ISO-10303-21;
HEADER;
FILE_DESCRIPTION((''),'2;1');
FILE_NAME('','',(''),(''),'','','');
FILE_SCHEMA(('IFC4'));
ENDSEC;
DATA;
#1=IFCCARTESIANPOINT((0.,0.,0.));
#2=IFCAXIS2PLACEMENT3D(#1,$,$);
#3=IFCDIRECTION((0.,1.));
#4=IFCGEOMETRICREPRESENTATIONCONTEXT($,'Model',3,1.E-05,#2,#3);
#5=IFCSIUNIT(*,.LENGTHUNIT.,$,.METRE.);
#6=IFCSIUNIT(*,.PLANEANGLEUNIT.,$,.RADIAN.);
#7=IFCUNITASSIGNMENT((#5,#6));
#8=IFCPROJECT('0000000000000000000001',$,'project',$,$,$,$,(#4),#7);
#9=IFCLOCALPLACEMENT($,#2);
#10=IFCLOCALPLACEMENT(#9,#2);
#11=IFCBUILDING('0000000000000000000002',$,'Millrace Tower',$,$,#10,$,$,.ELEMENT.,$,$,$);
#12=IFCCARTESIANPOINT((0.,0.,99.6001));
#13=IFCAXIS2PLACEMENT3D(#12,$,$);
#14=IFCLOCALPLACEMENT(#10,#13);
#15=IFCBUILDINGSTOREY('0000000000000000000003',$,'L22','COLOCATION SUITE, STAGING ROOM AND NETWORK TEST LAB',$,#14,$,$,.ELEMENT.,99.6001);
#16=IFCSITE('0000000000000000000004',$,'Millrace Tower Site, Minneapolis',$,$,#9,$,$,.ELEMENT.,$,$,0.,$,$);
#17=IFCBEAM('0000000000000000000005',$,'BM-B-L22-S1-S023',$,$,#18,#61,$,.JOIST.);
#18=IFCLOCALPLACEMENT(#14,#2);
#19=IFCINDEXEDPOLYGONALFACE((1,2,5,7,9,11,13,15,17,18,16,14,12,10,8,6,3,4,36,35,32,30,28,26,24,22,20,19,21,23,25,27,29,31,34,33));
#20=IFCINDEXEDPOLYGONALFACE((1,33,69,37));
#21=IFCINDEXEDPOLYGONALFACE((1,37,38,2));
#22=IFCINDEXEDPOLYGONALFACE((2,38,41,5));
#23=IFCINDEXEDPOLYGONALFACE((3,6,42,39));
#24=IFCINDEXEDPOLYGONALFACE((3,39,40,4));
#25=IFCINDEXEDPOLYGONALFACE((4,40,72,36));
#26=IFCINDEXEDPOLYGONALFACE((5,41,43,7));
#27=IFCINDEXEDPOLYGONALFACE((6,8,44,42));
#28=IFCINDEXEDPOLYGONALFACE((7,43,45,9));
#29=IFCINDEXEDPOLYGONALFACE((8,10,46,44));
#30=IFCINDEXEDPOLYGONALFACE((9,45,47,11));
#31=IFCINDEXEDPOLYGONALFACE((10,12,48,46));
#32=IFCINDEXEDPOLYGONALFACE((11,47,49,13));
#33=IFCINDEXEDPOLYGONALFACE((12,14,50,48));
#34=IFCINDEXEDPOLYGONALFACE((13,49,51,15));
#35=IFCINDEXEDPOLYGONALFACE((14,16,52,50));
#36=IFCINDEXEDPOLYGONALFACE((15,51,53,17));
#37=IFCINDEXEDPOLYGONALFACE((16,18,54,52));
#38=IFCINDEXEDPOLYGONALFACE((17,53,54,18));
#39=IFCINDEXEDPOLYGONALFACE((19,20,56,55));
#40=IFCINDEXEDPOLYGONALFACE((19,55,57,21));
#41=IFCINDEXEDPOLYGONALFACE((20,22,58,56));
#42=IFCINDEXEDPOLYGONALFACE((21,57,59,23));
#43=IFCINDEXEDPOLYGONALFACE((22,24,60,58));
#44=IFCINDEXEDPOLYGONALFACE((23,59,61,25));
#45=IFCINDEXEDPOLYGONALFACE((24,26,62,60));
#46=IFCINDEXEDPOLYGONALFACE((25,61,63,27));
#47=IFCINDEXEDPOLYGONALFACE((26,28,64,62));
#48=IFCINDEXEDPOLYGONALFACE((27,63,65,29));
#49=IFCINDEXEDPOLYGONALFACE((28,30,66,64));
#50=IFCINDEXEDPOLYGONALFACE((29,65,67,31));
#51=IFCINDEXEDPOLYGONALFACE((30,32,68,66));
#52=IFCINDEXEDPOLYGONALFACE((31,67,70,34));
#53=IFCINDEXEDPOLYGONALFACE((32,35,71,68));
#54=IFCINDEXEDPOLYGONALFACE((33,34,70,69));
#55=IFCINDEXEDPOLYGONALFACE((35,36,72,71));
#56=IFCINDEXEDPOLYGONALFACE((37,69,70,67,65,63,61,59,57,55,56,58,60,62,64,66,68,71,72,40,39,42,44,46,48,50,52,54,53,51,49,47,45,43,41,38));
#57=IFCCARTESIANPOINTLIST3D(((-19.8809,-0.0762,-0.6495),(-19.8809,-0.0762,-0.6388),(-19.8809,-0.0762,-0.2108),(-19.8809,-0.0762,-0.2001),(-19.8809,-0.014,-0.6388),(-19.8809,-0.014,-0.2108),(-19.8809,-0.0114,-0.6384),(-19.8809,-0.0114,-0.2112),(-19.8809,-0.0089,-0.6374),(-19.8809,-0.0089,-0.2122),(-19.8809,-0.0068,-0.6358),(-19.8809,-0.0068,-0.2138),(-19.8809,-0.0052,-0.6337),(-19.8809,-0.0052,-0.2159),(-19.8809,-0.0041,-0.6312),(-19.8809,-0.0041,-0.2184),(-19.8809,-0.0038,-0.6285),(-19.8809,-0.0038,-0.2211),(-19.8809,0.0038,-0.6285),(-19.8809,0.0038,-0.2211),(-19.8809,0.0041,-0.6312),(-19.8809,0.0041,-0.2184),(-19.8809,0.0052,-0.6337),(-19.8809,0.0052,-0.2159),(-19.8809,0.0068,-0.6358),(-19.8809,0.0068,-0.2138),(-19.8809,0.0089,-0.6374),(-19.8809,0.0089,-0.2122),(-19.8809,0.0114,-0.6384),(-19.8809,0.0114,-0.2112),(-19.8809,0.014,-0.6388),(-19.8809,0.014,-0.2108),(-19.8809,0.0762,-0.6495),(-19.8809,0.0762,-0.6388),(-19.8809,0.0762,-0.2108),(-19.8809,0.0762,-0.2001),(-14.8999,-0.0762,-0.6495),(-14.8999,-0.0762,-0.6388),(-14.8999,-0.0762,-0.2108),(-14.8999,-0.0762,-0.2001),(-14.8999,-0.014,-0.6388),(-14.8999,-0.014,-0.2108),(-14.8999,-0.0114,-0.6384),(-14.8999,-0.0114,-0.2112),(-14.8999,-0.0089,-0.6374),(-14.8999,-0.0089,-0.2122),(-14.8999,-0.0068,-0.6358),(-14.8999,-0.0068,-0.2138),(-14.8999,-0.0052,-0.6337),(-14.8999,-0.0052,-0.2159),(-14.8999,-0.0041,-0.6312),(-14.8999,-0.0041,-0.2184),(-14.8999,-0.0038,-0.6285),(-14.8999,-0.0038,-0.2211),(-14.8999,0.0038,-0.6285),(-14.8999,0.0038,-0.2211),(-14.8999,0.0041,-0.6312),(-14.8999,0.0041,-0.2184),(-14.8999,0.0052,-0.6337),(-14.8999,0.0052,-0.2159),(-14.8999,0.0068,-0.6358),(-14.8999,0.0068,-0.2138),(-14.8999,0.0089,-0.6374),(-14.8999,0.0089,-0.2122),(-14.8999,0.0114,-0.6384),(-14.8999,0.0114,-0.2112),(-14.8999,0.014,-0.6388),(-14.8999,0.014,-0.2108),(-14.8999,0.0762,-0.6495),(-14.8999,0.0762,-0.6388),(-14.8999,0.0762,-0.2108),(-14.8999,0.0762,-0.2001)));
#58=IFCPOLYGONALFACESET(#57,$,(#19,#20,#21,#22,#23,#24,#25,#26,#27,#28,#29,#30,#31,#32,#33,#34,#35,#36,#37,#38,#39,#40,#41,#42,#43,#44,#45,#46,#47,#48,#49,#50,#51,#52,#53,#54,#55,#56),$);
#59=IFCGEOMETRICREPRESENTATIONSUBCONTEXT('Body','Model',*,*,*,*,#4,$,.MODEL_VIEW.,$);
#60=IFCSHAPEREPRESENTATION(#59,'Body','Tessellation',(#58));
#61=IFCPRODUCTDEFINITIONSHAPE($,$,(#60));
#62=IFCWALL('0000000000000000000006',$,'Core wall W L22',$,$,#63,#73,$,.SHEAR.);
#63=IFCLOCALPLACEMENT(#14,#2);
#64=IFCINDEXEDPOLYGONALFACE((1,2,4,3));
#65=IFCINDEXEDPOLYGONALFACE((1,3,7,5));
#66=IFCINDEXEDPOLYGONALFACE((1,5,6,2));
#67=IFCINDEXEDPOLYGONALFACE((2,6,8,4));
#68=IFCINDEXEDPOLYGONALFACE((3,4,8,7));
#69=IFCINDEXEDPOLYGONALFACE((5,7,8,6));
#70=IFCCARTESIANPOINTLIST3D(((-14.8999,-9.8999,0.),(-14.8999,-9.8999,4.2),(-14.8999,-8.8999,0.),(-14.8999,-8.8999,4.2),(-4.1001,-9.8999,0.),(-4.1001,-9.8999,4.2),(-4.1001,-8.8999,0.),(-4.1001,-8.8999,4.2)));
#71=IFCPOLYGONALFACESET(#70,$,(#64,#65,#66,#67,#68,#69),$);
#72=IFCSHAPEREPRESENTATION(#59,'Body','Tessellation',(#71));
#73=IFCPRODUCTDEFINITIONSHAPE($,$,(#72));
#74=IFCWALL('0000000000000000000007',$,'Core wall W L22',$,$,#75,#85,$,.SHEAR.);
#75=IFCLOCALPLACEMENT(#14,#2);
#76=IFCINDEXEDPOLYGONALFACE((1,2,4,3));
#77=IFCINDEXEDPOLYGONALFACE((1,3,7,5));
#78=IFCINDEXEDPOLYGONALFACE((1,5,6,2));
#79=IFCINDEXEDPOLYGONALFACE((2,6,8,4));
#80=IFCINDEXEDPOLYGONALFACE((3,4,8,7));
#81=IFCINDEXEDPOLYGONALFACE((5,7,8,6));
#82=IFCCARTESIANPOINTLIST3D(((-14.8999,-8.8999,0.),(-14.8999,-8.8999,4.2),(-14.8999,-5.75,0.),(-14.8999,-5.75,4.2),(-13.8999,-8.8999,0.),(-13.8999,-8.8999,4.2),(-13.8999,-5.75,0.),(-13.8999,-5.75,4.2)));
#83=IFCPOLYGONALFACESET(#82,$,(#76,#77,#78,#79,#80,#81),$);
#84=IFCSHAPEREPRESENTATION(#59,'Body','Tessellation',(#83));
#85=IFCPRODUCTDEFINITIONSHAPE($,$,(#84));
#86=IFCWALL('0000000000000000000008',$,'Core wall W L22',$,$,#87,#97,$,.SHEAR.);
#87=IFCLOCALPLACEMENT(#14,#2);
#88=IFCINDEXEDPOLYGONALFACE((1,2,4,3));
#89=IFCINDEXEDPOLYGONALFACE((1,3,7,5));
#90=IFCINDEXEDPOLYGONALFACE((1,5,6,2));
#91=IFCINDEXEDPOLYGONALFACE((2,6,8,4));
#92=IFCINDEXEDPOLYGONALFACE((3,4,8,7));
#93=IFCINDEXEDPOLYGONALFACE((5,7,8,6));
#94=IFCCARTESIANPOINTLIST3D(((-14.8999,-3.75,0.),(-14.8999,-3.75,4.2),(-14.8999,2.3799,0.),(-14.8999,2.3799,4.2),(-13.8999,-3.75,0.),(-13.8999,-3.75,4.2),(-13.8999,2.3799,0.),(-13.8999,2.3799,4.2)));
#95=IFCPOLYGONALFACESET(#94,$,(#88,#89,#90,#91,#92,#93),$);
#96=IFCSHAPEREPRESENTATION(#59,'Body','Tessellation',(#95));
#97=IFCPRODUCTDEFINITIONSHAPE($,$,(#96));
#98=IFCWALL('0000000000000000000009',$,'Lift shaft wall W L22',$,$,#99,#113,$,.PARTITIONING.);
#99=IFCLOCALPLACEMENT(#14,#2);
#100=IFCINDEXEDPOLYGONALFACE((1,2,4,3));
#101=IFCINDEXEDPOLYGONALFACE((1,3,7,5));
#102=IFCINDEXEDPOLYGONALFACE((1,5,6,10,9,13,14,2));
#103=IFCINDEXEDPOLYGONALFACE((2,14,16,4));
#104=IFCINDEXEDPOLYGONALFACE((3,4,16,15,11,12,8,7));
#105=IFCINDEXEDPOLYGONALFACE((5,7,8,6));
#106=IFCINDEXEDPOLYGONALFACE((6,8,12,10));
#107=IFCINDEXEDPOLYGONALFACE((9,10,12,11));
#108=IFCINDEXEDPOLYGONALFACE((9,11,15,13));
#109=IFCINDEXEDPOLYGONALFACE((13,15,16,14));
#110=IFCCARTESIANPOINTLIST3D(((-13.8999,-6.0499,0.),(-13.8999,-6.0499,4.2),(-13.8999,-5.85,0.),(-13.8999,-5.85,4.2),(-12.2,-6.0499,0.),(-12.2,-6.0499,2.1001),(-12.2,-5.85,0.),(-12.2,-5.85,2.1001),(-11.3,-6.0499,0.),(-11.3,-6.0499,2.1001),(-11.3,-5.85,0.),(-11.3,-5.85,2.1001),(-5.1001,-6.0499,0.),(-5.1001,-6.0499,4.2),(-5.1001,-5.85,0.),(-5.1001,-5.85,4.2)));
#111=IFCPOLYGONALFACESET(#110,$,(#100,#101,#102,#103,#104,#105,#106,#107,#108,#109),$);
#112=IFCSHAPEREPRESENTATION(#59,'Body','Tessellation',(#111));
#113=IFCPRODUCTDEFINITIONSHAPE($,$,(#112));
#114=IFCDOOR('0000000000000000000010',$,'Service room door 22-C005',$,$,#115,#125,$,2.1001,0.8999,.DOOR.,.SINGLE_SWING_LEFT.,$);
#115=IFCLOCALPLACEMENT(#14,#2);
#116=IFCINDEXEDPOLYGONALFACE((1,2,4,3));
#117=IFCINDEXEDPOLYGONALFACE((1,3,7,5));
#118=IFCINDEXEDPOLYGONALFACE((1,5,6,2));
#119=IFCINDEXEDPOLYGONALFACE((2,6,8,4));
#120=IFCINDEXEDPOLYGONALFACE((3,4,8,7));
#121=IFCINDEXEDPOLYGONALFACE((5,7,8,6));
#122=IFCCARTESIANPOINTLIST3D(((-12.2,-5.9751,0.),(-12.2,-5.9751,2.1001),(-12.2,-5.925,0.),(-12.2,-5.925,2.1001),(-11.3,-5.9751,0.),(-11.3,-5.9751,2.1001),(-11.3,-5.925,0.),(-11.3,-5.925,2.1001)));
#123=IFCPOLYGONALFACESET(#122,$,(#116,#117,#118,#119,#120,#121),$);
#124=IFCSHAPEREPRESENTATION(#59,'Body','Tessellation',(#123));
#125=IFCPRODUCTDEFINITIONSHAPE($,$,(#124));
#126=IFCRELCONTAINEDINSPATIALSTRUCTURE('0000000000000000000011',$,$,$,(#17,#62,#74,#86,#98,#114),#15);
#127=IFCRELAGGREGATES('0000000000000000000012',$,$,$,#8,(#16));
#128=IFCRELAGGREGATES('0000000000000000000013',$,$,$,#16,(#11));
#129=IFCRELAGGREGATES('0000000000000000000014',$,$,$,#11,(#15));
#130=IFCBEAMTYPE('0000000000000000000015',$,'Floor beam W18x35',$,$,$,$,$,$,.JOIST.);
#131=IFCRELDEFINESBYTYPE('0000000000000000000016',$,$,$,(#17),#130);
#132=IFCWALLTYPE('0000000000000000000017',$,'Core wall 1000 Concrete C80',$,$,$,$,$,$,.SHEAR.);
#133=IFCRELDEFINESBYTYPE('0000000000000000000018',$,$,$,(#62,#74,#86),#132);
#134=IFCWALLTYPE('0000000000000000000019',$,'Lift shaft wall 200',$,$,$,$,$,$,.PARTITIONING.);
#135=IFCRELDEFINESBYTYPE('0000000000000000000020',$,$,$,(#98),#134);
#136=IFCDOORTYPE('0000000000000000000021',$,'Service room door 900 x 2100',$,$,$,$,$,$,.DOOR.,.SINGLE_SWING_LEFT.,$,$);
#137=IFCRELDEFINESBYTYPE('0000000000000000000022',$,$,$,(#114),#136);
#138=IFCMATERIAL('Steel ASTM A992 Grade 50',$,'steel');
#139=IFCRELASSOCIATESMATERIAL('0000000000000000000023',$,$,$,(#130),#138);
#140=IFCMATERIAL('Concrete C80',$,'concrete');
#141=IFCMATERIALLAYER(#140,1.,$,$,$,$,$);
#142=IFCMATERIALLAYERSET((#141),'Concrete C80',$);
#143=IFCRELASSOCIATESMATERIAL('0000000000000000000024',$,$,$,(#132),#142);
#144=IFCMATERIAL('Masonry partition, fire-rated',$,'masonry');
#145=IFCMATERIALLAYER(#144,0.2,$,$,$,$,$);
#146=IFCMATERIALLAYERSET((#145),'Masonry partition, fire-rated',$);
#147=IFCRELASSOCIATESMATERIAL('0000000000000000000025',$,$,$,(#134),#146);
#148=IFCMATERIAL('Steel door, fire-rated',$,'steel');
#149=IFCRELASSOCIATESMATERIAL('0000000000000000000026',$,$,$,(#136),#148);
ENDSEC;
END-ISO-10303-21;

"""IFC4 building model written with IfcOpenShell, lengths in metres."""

from ifc_helpers import new_model, si_unit, direction, frame, frame_2d, origin, origin_2d, place, context, subcontext, project, spatial, rectangle, i_section, extrude, material, layer, layer_set, material_profile, profile_set, type_object, element, fill, save


model = new_model("IFC4")

# Units and contexts
model_context = context("Model", 3, precision=1e-05, world=origin(), true_north=direction((0.0, 1.0)))
body_context = subcontext(model_context, "Body", "Model", "MODEL_VIEW")
ifc_project = project(units=[si_unit("LENGTHUNIT", "METRE"), si_unit("PLANEANGLEUNIT", "RADIAN")], contexts=[model_context])

# Site, building, storey
site_placement = place(None, origin())
site = spatial("IfcSite", under=ifc_project, at=site_placement, Name="Millrace Tower Site, Minneapolis", CompositionType="ELEMENT", RefElevation=0.0)
building_placement = place(site_placement, origin())
building = spatial("IfcBuilding", under=site, at=building_placement, Name="Millrace Tower", CompositionType="ELEMENT")
storey_placement = place(building_placement, frame((0.0, 0.0, 99.6001)))
storey = spatial("IfcBuildingStorey", under=building, at=storey_placement, Name="L22", Description="COLOCATION SUITE, STAGING ROOM AND NETWORK TEST LAB", CompositionType="ELEMENT", Elevation=99.6001)

# Beam
ifc_material_1 = material(Name="Steel ASTM A992 Grade 50", Category="steel")
ifc_material_profile_1 = material_profile(ifc_material_1, i_section(OverallWidth=0.1523, OverallDepth=0.4495, WebThickness=0.0076, FlangeThickness=0.0107, FilletRadius=0.0103, at=origin_2d()))
ifc_profile_set_1 = profile_set([ifc_material_profile_1], Name="Steel ASTM A992 Grade 50")
beam_type_1 = type_object("IfcBeamType", Name="Floor beam W18x35", PredefinedType="JOIST", material=ifc_profile_set_1)
for number, where, z_axis, x_axis, name in (
    (1, (-19.8809, 0.0, -0.4248), (1.0, 0.0, 0.0), (0.0, 1.0, 0.0), "BM-B-L22-S1-S023"),
):
    element("IfcBeam", number, at=place(storey_placement, frame(where, z_axis=z_axis, x_axis=x_axis)), inside=storey, type_object=beam_type_1, Name=name, PredefinedType="JOIST", context=body_context, shape_type="SweptSolid", body=[
        extrude(i_section(OverallWidth=0.1523, OverallDepth=0.4495, WebThickness=0.0076, FlangeThickness=0.0107, FilletRadius=0.0103, at=origin_2d()), origin(), (0.0, 0.0, 1.0), 4.981),
    ])

# Walls
ifc_material_2 = material(Name="Concrete C80", Category="concrete")
ifc_layer_1 = layer(ifc_material_2, 1.0)
ifc_layer_set_1 = layer_set([ifc_layer_1], Name="Concrete C80")
wall_type_1 = type_object("IfcWallType", Name="Core wall 1000 Concrete C80", PredefinedType="SHEAR", material=ifc_layer_set_1)
wall_1_placement = place(storey_placement, frame((-14.8999, -9.3999, 0.0), z_axis=(0.0, 0.0, 1.0), x_axis=(1.0, 0.0, 0.0)))
element("IfcWall", 2, at=wall_1_placement, inside=storey, type_object=wall_type_1, Name="Core wall W L22", PredefinedType="SHEAR", context=body_context, shape_type="SweptSolid", body=[
    extrude(rectangle(XDim=10.7998, YDim=1.0, at=frame_2d((5.3999, 0.0))), origin(), (0.0, 0.0, 1.0), 4.2),
])
wall_2_placement = place(storey_placement, frame((-14.3999, -8.8999, 0.0), z_axis=(0.0, 0.0, 1.0), x_axis=(0.0, 1.0, 0.0)))
element("IfcWall", 3, at=wall_2_placement, inside=storey, type_object=wall_type_1, Name="Core wall W L22", PredefinedType="SHEAR", context=body_context, shape_type="SweptSolid", body=[
    extrude(rectangle(XDim=3.1499, YDim=1.0, at=frame_2d((1.575, 0.0))), origin(), (0.0, 0.0, 1.0), 4.2),
])
wall_3_placement = place(storey_placement, frame((-14.3999, -3.75, 0.0), z_axis=(0.0, 0.0, 1.0), x_axis=(0.0, 1.0, 0.0)))
element("IfcWall", 4, at=wall_3_placement, inside=storey, type_object=wall_type_1, Name="Core wall W L22", PredefinedType="SHEAR", context=body_context, shape_type="SweptSolid", body=[
    extrude(rectangle(XDim=6.1299, YDim=1.0, at=frame_2d((3.0649, 0.0))), origin(), (0.0, 0.0, 1.0), 4.2),
])

# Wall, opening, door
ifc_material_3 = material(Name="Masonry partition, fire-rated", Category="masonry")
ifc_layer_2 = layer(ifc_material_3, 0.2)
ifc_layer_set_2 = layer_set([ifc_layer_2], Name="Masonry partition, fire-rated")
wall_type_2 = type_object("IfcWallType", Name="Lift shaft wall 200", PredefinedType="PARTITIONING", material=ifc_layer_set_2)
wall_4_placement = place(storey_placement, frame((-13.8999, -5.95, 0.0), z_axis=(0.0, 0.0, 1.0), x_axis=(1.0, 0.0, 0.0)))
wall_4 = element("IfcWall", 5, at=wall_4_placement, inside=storey, type_object=wall_type_2, Name="Lift shaft wall W L22", PredefinedType="PARTITIONING", context=body_context, shape_type="SweptSolid", body=[
    extrude(rectangle(XDim=8.7998, YDim=0.2, at=frame_2d((4.3999, 0.0))), origin(), (0.0, 0.0, 1.0), 4.2),
])
opening_1_placement = place(wall_4_placement, frame((1.7, 0.0, 0.0)))
opening_1 = element("IfcOpeningElement", 6, at=opening_1_placement, cuts=wall_4, PredefinedType="OPENING", context=body_context, shape_type="SweptSolid", body=[
    extrude(rectangle(XDim=0.8999, YDim=2.1001, at=frame_2d((0.45, 1.05))), frame((0.0, 0.1099, 0.0), z_axis=(0.0, -1.0, 0.0), x_axis=(1.0, 0.0, 0.0)), (0.0, 0.0, 1.0), 0.22),
])
ifc_material_4 = material(Name="Steel door, fire-rated", Category="steel")
door_type_1 = type_object("IfcDoorType", Name="Service room door 900 x 2100", OperationType="SINGLE_SWING_LEFT", PredefinedType="DOOR", material=ifc_material_4)
door_1_placement = place(opening_1_placement, origin())
door_1 = element("IfcDoor", 7, at=door_1_placement, inside=storey, type_object=door_type_1, Name="Service room door 22-C005", OperationType="SINGLE_SWING_LEFT", OverallHeight=2.1001, OverallWidth=0.8999, PredefinedType="DOOR", context=body_context, shape_type="SweptSolid", body=[
    extrude(rectangle(XDim=0.8999, YDim=2.1001, at=frame_2d((0.45, 1.05))), frame((0.0, 0.0249, 0.0), z_axis=(0.0, -1.0, 0.0), x_axis=(1.0, 0.0, 0.0)), (0.0, 0.0, 1.0), 0.05),
])
fill(opening_1, door_1)

save(model, "model.ifc")
